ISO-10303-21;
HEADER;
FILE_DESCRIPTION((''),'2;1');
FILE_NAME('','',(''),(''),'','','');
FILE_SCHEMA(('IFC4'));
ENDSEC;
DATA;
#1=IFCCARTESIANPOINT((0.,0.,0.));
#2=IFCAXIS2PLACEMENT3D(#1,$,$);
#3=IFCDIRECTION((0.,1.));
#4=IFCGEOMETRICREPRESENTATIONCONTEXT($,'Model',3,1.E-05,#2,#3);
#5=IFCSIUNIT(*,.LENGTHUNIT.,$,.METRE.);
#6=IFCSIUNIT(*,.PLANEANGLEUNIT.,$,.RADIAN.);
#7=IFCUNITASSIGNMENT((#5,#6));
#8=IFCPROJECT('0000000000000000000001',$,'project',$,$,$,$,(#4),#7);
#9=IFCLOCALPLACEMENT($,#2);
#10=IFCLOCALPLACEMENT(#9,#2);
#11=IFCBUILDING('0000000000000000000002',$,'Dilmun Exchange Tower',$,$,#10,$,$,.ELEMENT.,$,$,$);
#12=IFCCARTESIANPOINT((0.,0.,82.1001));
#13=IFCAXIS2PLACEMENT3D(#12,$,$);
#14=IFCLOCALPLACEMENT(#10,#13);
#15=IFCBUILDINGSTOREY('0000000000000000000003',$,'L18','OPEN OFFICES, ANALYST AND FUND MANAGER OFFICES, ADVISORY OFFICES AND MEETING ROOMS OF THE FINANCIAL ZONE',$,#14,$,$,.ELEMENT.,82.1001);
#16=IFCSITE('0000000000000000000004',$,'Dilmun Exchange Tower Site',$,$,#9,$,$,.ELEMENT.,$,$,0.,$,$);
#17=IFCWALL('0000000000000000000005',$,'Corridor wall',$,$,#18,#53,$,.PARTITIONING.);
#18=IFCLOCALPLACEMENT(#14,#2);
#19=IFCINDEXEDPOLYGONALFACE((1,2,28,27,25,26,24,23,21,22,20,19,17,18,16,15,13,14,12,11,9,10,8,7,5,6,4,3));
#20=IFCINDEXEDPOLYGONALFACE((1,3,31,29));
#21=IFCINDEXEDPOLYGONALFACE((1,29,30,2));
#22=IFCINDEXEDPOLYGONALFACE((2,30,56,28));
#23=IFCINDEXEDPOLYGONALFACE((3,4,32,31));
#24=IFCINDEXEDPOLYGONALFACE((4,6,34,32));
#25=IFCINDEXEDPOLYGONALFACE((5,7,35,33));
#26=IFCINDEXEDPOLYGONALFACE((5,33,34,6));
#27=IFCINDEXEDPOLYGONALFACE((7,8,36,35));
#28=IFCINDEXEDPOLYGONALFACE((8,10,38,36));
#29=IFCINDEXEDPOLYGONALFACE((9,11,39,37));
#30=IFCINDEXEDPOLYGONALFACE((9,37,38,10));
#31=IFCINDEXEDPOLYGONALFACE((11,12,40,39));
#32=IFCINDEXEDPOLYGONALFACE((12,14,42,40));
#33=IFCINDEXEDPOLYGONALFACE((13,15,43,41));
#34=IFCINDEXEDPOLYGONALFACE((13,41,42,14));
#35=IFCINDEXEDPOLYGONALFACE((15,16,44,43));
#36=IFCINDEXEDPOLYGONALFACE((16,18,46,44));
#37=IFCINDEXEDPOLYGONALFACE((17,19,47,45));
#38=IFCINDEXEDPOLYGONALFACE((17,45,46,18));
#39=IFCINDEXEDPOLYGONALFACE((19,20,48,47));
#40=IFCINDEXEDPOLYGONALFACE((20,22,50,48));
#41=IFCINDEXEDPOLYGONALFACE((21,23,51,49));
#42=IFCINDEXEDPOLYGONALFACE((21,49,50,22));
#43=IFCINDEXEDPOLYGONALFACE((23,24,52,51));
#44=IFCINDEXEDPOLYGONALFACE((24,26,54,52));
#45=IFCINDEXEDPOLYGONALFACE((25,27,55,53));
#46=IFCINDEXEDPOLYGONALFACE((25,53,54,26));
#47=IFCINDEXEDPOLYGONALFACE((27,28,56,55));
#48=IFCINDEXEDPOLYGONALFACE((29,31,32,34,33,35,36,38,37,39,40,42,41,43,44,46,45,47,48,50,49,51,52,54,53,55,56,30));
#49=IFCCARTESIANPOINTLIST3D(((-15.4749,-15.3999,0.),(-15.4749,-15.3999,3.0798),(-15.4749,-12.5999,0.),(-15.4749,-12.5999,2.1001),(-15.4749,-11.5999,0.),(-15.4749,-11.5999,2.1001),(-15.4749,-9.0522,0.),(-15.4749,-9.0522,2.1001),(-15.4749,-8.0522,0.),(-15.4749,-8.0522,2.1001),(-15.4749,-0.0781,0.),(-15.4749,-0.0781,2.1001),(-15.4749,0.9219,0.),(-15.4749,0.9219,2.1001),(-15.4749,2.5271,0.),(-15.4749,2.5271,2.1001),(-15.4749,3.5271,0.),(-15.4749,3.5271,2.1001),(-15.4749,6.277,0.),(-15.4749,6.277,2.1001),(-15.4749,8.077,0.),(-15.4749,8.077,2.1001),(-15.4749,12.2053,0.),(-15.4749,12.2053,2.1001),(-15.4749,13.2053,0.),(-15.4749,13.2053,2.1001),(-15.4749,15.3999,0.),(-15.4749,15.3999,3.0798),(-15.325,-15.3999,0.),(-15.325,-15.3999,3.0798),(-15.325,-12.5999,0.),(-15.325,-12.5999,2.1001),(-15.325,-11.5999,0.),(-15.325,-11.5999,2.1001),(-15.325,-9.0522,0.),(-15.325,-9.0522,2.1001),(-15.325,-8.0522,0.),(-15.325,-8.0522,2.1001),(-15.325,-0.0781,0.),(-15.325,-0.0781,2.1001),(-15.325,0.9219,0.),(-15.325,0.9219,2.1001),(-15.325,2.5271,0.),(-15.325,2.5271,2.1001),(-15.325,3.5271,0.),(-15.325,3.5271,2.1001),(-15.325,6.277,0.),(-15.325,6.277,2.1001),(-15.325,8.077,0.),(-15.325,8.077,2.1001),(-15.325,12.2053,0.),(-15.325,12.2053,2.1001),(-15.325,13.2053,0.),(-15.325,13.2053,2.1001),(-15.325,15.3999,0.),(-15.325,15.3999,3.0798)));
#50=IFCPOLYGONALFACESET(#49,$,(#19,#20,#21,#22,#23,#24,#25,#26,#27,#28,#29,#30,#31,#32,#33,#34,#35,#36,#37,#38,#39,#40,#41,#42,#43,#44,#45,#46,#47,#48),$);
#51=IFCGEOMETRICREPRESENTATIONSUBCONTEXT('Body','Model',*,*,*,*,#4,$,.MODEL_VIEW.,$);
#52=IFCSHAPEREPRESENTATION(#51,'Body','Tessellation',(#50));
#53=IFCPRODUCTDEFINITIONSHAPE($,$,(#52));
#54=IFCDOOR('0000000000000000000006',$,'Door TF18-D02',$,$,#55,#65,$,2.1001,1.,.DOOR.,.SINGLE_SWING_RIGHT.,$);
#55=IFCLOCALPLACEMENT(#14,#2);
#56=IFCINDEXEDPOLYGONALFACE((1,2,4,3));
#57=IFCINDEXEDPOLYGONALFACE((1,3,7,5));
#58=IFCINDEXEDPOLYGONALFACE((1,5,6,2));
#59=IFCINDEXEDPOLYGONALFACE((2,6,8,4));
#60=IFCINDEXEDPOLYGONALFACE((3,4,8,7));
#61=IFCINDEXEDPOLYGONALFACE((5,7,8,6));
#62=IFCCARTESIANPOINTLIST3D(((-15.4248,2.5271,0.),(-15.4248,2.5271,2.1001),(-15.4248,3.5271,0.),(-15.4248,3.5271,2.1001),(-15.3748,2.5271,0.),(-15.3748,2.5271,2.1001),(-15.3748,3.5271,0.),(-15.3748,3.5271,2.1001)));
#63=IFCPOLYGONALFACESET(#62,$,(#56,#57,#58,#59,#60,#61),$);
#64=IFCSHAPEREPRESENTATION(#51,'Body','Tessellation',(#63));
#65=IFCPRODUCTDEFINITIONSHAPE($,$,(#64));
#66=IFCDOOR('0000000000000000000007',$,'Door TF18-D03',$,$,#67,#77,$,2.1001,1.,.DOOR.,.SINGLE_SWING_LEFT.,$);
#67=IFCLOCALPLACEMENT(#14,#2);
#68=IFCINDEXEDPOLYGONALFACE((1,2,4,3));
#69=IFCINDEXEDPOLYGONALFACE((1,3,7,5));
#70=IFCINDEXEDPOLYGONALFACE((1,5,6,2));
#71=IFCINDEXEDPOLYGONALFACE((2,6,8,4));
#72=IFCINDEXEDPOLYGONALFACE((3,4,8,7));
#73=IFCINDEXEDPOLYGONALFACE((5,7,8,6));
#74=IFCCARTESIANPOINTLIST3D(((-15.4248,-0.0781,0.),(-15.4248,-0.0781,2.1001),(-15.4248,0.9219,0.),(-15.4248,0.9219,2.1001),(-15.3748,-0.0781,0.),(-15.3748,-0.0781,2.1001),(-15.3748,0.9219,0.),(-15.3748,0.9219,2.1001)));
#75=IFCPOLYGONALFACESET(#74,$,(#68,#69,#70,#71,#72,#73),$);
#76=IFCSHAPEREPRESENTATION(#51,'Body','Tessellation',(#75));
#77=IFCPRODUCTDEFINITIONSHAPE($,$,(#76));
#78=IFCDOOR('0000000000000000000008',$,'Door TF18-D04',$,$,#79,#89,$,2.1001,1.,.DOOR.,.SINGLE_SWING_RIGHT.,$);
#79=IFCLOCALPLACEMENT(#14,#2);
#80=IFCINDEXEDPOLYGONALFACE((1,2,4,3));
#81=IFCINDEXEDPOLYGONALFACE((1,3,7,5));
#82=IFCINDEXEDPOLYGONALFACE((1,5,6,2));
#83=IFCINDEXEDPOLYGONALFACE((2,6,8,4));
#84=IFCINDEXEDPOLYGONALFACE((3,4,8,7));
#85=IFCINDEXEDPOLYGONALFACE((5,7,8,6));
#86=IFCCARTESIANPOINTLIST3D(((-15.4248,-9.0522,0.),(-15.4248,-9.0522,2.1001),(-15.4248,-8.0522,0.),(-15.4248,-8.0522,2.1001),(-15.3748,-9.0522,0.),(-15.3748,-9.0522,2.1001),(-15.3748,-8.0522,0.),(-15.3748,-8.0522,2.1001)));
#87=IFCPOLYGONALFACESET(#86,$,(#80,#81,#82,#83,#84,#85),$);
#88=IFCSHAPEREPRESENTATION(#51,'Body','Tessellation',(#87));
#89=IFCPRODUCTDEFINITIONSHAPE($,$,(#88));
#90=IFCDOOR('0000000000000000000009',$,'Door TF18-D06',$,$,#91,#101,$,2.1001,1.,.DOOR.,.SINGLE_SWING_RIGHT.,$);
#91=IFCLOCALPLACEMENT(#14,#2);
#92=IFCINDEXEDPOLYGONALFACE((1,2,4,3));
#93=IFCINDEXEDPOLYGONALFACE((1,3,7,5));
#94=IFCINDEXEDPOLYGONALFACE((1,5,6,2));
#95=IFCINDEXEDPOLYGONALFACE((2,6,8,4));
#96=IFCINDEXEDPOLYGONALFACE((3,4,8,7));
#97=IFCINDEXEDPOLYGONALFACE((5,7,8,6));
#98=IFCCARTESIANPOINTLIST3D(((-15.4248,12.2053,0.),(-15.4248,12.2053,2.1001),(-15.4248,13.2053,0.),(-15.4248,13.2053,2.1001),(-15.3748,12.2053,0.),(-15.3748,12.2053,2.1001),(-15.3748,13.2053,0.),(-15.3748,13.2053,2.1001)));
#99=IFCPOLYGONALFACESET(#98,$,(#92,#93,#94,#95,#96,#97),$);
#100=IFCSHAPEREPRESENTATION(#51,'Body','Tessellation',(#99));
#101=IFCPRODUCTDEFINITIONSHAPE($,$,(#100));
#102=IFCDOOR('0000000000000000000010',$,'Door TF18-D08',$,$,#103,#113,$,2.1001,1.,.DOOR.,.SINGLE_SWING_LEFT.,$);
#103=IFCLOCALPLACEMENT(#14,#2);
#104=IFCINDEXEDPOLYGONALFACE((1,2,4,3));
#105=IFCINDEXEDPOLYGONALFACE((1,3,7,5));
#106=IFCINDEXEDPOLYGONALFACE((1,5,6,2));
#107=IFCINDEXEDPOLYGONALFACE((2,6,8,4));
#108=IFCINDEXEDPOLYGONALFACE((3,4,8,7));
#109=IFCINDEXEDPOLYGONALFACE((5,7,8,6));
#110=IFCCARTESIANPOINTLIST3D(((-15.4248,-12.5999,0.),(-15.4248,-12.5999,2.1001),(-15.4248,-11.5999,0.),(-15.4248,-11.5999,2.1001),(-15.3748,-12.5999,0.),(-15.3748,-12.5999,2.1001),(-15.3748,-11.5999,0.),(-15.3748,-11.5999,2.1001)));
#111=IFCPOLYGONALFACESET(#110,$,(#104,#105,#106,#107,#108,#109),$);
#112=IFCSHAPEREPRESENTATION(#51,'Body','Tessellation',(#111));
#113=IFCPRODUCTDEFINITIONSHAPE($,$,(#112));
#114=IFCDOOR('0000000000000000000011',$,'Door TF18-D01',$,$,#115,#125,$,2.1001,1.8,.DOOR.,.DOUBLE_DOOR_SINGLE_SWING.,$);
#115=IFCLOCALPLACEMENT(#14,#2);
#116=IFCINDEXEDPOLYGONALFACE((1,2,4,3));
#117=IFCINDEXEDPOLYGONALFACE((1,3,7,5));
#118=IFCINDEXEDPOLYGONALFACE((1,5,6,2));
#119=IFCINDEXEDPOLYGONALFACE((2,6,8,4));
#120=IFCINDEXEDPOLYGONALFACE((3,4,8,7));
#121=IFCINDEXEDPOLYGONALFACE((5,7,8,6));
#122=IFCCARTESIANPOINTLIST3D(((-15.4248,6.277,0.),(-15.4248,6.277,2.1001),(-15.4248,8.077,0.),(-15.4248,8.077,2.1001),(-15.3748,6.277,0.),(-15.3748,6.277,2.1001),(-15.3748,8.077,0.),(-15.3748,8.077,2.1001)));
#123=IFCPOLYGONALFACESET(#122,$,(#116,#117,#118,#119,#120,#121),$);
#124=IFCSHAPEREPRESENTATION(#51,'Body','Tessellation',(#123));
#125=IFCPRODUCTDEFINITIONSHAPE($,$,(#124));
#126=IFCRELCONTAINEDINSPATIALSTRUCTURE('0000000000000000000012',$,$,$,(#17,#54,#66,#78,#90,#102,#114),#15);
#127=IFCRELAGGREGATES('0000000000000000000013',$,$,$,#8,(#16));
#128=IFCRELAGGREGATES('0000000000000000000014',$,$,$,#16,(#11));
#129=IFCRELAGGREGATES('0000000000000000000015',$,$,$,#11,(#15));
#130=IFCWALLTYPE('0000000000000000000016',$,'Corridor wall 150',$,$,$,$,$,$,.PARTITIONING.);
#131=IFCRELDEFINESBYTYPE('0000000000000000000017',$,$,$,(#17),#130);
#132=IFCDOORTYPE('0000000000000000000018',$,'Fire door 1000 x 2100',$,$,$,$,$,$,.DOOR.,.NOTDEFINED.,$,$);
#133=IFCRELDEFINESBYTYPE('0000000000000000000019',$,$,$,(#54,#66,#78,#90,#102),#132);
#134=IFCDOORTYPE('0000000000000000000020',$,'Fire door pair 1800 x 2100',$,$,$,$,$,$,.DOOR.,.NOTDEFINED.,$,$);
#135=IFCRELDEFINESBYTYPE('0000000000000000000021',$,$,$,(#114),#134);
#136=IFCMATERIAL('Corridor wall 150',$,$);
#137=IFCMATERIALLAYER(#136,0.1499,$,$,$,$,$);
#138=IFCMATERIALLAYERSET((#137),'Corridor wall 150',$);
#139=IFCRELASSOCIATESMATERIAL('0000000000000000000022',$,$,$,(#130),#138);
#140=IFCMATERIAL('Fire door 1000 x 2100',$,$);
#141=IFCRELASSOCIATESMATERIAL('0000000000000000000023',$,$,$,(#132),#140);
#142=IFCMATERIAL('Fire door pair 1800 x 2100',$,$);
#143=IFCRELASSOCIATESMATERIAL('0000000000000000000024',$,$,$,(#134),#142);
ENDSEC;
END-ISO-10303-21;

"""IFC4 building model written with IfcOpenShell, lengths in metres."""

from ifc_helpers import new_model, si_unit, direction, frame, frame_2d, origin, place, context, subcontext, project, spatial, rectangle, extrude, material, layer, layer_set, type_object, element, fill, save


model = new_model("IFC4")

# Units and contexts
model_context = context("Model", 3, precision=1e-05, world=origin(), true_north=direction((0.0, 1.0)))
body_context = subcontext(model_context, "Body", "Model", "MODEL_VIEW")
ifc_project = project(units=[si_unit("LENGTHUNIT", "METRE"), si_unit("PLANEANGLEUNIT", "RADIAN")], contexts=[model_context])

# Site, building, storey
site_placement = place(None, origin())
site = spatial("IfcSite", under=ifc_project, at=site_placement, Name="Dilmun Exchange Tower Site", CompositionType="ELEMENT", RefElevation=0.0)
building_placement = place(site_placement, origin())
building = spatial("IfcBuilding", under=site, at=building_placement, Name="Dilmun Exchange Tower", CompositionType="ELEMENT")
storey_placement = place(building_placement, frame((0.0, 0.0, 82.1001)))
storey = spatial("IfcBuildingStorey", under=building, at=storey_placement, Name="L18", Description="OPEN OFFICES, ANALYST AND FUND MANAGER OFFICES, ADVISORY OFFICES AND MEETING ROOMS OF THE FINANCIAL ZONE", CompositionType="ELEMENT", Elevation=82.1001)

# Wall, openings, doors
ifc_material_1 = material(Name="Corridor wall 150")
ifc_layer_1 = layer(ifc_material_1, 0.1499)
ifc_layer_set_1 = layer_set([ifc_layer_1], Name="Corridor wall 150")
wall_type_1 = type_object("IfcWallType", Name="Corridor wall 150", PredefinedType="PARTITIONING", material=ifc_layer_set_1)
wall_1_placement = place(storey_placement, frame((-15.3999, -15.3999, 0.0), z_axis=(0.0, 0.0, 1.0), x_axis=(0.0, 1.0, 0.0)))
wall_1 = element("IfcWall", 1, at=wall_1_placement, inside=storey, type_object=wall_type_1, Name="Corridor wall", PredefinedType="PARTITIONING", context=body_context, shape_type="SweptSolid", body=[
    extrude(rectangle(XDim=30.7998, YDim=0.1499, at=frame_2d((15.3999, 0.0))), origin(), (0.0, 0.0, 1.0), 3.0798),
])
opening_1_placement = place(wall_1_placement, frame((21.677, 0.0, 0.0)))
opening_1 = element("IfcOpeningElement", 2, at=opening_1_placement, cuts=wall_1, PredefinedType="OPENING", context=body_context, shape_type="SweptSolid", body=[
    extrude(rectangle(XDim=1.8, YDim=2.1001, at=frame_2d((0.8999, 1.05))), frame((0.0, 0.085, 0.0), z_axis=(0.0, -1.0, 0.0), x_axis=(1.0, 0.0, 0.0)), (0.0, 0.0, 1.0), 0.1699),
])
opening_2_placement = place(wall_1_placement, frame((17.927, 0.0, 0.0)))
opening_2 = element("IfcOpeningElement", 3, at=opening_2_placement, cuts=wall_1, PredefinedType="OPENING", context=body_context, shape_type="SweptSolid", body=[
    extrude(rectangle(XDim=1.0, YDim=2.1001, at=frame_2d((0.5, 1.05))), frame((0.0, 0.085, 0.0), z_axis=(0.0, -1.0, 0.0), x_axis=(1.0, 0.0, 0.0)), (0.0, 0.0, 1.0), 0.1699),
])
opening_3_placement = place(wall_1_placement, frame((15.3218, 0.0, 0.0)))
opening_3 = element("IfcOpeningElement", 4, at=opening_3_placement, cuts=wall_1, PredefinedType="OPENING", context=body_context, shape_type="SweptSolid", body=[
    extrude(rectangle(XDim=1.0, YDim=2.1001, at=frame_2d((0.5, 1.05))), frame((0.0, 0.085, 0.0), z_axis=(0.0, -1.0, 0.0), x_axis=(1.0, 0.0, 0.0)), (0.0, 0.0, 1.0), 0.1699),
])
opening_4_placement = place(wall_1_placement, frame((6.3477, 0.0, 0.0)))
opening_4 = element("IfcOpeningElement", 5, at=opening_4_placement, cuts=wall_1, PredefinedType="OPENING", context=body_context, shape_type="SweptSolid", body=[
    extrude(rectangle(XDim=1.0, YDim=2.1001, at=frame_2d((0.5, 1.05))), frame((0.0, 0.085, 0.0), z_axis=(0.0, -1.0, 0.0), x_axis=(1.0, 0.0, 0.0)), (0.0, 0.0, 1.0), 0.1699),
])
opening_5_placement = place(wall_1_placement, frame((27.6052, 0.0, 0.0)))
opening_5 = element("IfcOpeningElement", 6, at=opening_5_placement, cuts=wall_1, PredefinedType="OPENING", context=body_context, shape_type="SweptSolid", body=[
    extrude(rectangle(XDim=1.0, YDim=2.1001, at=frame_2d((0.5, 1.05))), frame((0.0, 0.085, 0.0), z_axis=(0.0, -1.0, 0.0), x_axis=(1.0, 0.0, 0.0)), (0.0, 0.0, 1.0), 0.1699),
])
opening_6_placement = place(wall_1_placement, frame((2.8, 0.0, 0.0)))
opening_6 = element("IfcOpeningElement", 7, at=opening_6_placement, cuts=wall_1, PredefinedType="OPENING", context=body_context, shape_type="SweptSolid", body=[
    extrude(rectangle(XDim=1.0, YDim=2.1001, at=frame_2d((0.5, 1.05))), frame((0.0, 0.085, 0.0), z_axis=(0.0, -1.0, 0.0), x_axis=(1.0, 0.0, 0.0)), (0.0, 0.0, 1.0), 0.1699),
])
ifc_material_2 = material(Name="Fire door 1000 x 2100")
door_type_1 = type_object("IfcDoorType", Name="Fire door 1000 x 2100", OperationType="NOTDEFINED", PredefinedType="DOOR", material=ifc_material_2)
door_1_placement = place(opening_2_placement, origin())
door_1 = element("IfcDoor", 8, at=door_1_placement, inside=storey, type_object=door_type_1, Name="Door TF18-D02", OperationType="SINGLE_SWING_RIGHT", OverallHeight=2.1001, OverallWidth=1.0, PredefinedType="DOOR", context=body_context, shape_type="SweptSolid", body=[
    extrude(rectangle(XDim=1.0, YDim=2.1001, at=frame_2d((0.5, 1.05))), frame((0.0, 0.0249, 0.0), z_axis=(0.0, -1.0, 0.0), x_axis=(1.0, 0.0, 0.0)), (0.0, 0.0, 1.0), 0.05),
])
fill(opening_2, door_1)
door_2_placement = place(opening_3_placement, origin())
door_2 = element("IfcDoor", 9, at=door_2_placement, inside=storey, type_object=door_type_1, Name="Door TF18-D03", OperationType="SINGLE_SWING_LEFT", OverallHeight=2.1001, OverallWidth=1.0, PredefinedType="DOOR", context=body_context, shape_type="SweptSolid", body=[
    extrude(rectangle(XDim=1.0, YDim=2.1001, at=frame_2d((0.5, 1.05))), frame((0.0, 0.0249, 0.0), z_axis=(0.0, -1.0, 0.0), x_axis=(1.0, 0.0, 0.0)), (0.0, 0.0, 1.0), 0.05),
])
fill(opening_3, door_2)
door_3_placement = place(opening_4_placement, origin())
door_3 = element("IfcDoor", 10, at=door_3_placement, inside=storey, type_object=door_type_1, Name="Door TF18-D04", OperationType="SINGLE_SWING_RIGHT", OverallHeight=2.1001, OverallWidth=1.0, PredefinedType="DOOR", context=body_context, shape_type="SweptSolid", body=[
    extrude(rectangle(XDim=1.0, YDim=2.1001, at=frame_2d((0.5, 1.05))), frame((0.0, 0.0249, 0.0), z_axis=(0.0, -1.0, 0.0), x_axis=(1.0, 0.0, 0.0)), (0.0, 0.0, 1.0), 0.05),
])
fill(opening_4, door_3)
door_4_placement = place(opening_5_placement, origin())
door_4 = element("IfcDoor", 11, at=door_4_placement, inside=storey, type_object=door_type_1, Name="Door TF18-D06", OperationType="SINGLE_SWING_RIGHT", OverallHeight=2.1001, OverallWidth=1.0, PredefinedType="DOOR", context=body_context, shape_type="SweptSolid", body=[
    extrude(rectangle(XDim=1.0, YDim=2.1001, at=frame_2d((0.5, 1.05))), frame((0.0, 0.0249, 0.0), z_axis=(0.0, -1.0, 0.0), x_axis=(1.0, 0.0, 0.0)), (0.0, 0.0, 1.0), 0.05),
])
fill(opening_5, door_4)
door_5_placement = place(opening_6_placement, origin())
door_5 = element("IfcDoor", 12, at=door_5_placement, inside=storey, type_object=door_type_1, Name="Door TF18-D08", OperationType="SINGLE_SWING_LEFT", OverallHeight=2.1001, OverallWidth=1.0, PredefinedType="DOOR", context=body_context, shape_type="SweptSolid", body=[
    extrude(rectangle(XDim=1.0, YDim=2.1001, at=frame_2d((0.5, 1.05))), frame((0.0, 0.0249, 0.0), z_axis=(0.0, -1.0, 0.0), x_axis=(1.0, 0.0, 0.0)), (0.0, 0.0, 1.0), 0.05),
])
fill(opening_6, door_5)
ifc_material_3 = material(Name="Fire door pair 1800 x 2100")
door_type_2 = type_object("IfcDoorType", Name="Fire door pair 1800 x 2100", OperationType="NOTDEFINED", PredefinedType="DOOR", material=ifc_material_3)
door_6_placement = place(opening_1_placement, origin())
door_6 = element("IfcDoor", 13, at=door_6_placement, inside=storey, type_object=door_type_2, Name="Door TF18-D01", OperationType="DOUBLE_DOOR_SINGLE_SWING", OverallHeight=2.1001, OverallWidth=1.8, PredefinedType="DOOR", context=body_context, shape_type="SweptSolid", body=[
    extrude(rectangle(XDim=1.8, YDim=2.1001, at=frame_2d((0.8999, 1.05))), frame((0.0, 0.0249, 0.0), z_axis=(0.0, -1.0, 0.0), x_axis=(1.0, 0.0, 0.0)), (0.0, 0.0, 1.0), 0.05),
])
fill(opening_1, door_6)

save(model, "model.ifc")
